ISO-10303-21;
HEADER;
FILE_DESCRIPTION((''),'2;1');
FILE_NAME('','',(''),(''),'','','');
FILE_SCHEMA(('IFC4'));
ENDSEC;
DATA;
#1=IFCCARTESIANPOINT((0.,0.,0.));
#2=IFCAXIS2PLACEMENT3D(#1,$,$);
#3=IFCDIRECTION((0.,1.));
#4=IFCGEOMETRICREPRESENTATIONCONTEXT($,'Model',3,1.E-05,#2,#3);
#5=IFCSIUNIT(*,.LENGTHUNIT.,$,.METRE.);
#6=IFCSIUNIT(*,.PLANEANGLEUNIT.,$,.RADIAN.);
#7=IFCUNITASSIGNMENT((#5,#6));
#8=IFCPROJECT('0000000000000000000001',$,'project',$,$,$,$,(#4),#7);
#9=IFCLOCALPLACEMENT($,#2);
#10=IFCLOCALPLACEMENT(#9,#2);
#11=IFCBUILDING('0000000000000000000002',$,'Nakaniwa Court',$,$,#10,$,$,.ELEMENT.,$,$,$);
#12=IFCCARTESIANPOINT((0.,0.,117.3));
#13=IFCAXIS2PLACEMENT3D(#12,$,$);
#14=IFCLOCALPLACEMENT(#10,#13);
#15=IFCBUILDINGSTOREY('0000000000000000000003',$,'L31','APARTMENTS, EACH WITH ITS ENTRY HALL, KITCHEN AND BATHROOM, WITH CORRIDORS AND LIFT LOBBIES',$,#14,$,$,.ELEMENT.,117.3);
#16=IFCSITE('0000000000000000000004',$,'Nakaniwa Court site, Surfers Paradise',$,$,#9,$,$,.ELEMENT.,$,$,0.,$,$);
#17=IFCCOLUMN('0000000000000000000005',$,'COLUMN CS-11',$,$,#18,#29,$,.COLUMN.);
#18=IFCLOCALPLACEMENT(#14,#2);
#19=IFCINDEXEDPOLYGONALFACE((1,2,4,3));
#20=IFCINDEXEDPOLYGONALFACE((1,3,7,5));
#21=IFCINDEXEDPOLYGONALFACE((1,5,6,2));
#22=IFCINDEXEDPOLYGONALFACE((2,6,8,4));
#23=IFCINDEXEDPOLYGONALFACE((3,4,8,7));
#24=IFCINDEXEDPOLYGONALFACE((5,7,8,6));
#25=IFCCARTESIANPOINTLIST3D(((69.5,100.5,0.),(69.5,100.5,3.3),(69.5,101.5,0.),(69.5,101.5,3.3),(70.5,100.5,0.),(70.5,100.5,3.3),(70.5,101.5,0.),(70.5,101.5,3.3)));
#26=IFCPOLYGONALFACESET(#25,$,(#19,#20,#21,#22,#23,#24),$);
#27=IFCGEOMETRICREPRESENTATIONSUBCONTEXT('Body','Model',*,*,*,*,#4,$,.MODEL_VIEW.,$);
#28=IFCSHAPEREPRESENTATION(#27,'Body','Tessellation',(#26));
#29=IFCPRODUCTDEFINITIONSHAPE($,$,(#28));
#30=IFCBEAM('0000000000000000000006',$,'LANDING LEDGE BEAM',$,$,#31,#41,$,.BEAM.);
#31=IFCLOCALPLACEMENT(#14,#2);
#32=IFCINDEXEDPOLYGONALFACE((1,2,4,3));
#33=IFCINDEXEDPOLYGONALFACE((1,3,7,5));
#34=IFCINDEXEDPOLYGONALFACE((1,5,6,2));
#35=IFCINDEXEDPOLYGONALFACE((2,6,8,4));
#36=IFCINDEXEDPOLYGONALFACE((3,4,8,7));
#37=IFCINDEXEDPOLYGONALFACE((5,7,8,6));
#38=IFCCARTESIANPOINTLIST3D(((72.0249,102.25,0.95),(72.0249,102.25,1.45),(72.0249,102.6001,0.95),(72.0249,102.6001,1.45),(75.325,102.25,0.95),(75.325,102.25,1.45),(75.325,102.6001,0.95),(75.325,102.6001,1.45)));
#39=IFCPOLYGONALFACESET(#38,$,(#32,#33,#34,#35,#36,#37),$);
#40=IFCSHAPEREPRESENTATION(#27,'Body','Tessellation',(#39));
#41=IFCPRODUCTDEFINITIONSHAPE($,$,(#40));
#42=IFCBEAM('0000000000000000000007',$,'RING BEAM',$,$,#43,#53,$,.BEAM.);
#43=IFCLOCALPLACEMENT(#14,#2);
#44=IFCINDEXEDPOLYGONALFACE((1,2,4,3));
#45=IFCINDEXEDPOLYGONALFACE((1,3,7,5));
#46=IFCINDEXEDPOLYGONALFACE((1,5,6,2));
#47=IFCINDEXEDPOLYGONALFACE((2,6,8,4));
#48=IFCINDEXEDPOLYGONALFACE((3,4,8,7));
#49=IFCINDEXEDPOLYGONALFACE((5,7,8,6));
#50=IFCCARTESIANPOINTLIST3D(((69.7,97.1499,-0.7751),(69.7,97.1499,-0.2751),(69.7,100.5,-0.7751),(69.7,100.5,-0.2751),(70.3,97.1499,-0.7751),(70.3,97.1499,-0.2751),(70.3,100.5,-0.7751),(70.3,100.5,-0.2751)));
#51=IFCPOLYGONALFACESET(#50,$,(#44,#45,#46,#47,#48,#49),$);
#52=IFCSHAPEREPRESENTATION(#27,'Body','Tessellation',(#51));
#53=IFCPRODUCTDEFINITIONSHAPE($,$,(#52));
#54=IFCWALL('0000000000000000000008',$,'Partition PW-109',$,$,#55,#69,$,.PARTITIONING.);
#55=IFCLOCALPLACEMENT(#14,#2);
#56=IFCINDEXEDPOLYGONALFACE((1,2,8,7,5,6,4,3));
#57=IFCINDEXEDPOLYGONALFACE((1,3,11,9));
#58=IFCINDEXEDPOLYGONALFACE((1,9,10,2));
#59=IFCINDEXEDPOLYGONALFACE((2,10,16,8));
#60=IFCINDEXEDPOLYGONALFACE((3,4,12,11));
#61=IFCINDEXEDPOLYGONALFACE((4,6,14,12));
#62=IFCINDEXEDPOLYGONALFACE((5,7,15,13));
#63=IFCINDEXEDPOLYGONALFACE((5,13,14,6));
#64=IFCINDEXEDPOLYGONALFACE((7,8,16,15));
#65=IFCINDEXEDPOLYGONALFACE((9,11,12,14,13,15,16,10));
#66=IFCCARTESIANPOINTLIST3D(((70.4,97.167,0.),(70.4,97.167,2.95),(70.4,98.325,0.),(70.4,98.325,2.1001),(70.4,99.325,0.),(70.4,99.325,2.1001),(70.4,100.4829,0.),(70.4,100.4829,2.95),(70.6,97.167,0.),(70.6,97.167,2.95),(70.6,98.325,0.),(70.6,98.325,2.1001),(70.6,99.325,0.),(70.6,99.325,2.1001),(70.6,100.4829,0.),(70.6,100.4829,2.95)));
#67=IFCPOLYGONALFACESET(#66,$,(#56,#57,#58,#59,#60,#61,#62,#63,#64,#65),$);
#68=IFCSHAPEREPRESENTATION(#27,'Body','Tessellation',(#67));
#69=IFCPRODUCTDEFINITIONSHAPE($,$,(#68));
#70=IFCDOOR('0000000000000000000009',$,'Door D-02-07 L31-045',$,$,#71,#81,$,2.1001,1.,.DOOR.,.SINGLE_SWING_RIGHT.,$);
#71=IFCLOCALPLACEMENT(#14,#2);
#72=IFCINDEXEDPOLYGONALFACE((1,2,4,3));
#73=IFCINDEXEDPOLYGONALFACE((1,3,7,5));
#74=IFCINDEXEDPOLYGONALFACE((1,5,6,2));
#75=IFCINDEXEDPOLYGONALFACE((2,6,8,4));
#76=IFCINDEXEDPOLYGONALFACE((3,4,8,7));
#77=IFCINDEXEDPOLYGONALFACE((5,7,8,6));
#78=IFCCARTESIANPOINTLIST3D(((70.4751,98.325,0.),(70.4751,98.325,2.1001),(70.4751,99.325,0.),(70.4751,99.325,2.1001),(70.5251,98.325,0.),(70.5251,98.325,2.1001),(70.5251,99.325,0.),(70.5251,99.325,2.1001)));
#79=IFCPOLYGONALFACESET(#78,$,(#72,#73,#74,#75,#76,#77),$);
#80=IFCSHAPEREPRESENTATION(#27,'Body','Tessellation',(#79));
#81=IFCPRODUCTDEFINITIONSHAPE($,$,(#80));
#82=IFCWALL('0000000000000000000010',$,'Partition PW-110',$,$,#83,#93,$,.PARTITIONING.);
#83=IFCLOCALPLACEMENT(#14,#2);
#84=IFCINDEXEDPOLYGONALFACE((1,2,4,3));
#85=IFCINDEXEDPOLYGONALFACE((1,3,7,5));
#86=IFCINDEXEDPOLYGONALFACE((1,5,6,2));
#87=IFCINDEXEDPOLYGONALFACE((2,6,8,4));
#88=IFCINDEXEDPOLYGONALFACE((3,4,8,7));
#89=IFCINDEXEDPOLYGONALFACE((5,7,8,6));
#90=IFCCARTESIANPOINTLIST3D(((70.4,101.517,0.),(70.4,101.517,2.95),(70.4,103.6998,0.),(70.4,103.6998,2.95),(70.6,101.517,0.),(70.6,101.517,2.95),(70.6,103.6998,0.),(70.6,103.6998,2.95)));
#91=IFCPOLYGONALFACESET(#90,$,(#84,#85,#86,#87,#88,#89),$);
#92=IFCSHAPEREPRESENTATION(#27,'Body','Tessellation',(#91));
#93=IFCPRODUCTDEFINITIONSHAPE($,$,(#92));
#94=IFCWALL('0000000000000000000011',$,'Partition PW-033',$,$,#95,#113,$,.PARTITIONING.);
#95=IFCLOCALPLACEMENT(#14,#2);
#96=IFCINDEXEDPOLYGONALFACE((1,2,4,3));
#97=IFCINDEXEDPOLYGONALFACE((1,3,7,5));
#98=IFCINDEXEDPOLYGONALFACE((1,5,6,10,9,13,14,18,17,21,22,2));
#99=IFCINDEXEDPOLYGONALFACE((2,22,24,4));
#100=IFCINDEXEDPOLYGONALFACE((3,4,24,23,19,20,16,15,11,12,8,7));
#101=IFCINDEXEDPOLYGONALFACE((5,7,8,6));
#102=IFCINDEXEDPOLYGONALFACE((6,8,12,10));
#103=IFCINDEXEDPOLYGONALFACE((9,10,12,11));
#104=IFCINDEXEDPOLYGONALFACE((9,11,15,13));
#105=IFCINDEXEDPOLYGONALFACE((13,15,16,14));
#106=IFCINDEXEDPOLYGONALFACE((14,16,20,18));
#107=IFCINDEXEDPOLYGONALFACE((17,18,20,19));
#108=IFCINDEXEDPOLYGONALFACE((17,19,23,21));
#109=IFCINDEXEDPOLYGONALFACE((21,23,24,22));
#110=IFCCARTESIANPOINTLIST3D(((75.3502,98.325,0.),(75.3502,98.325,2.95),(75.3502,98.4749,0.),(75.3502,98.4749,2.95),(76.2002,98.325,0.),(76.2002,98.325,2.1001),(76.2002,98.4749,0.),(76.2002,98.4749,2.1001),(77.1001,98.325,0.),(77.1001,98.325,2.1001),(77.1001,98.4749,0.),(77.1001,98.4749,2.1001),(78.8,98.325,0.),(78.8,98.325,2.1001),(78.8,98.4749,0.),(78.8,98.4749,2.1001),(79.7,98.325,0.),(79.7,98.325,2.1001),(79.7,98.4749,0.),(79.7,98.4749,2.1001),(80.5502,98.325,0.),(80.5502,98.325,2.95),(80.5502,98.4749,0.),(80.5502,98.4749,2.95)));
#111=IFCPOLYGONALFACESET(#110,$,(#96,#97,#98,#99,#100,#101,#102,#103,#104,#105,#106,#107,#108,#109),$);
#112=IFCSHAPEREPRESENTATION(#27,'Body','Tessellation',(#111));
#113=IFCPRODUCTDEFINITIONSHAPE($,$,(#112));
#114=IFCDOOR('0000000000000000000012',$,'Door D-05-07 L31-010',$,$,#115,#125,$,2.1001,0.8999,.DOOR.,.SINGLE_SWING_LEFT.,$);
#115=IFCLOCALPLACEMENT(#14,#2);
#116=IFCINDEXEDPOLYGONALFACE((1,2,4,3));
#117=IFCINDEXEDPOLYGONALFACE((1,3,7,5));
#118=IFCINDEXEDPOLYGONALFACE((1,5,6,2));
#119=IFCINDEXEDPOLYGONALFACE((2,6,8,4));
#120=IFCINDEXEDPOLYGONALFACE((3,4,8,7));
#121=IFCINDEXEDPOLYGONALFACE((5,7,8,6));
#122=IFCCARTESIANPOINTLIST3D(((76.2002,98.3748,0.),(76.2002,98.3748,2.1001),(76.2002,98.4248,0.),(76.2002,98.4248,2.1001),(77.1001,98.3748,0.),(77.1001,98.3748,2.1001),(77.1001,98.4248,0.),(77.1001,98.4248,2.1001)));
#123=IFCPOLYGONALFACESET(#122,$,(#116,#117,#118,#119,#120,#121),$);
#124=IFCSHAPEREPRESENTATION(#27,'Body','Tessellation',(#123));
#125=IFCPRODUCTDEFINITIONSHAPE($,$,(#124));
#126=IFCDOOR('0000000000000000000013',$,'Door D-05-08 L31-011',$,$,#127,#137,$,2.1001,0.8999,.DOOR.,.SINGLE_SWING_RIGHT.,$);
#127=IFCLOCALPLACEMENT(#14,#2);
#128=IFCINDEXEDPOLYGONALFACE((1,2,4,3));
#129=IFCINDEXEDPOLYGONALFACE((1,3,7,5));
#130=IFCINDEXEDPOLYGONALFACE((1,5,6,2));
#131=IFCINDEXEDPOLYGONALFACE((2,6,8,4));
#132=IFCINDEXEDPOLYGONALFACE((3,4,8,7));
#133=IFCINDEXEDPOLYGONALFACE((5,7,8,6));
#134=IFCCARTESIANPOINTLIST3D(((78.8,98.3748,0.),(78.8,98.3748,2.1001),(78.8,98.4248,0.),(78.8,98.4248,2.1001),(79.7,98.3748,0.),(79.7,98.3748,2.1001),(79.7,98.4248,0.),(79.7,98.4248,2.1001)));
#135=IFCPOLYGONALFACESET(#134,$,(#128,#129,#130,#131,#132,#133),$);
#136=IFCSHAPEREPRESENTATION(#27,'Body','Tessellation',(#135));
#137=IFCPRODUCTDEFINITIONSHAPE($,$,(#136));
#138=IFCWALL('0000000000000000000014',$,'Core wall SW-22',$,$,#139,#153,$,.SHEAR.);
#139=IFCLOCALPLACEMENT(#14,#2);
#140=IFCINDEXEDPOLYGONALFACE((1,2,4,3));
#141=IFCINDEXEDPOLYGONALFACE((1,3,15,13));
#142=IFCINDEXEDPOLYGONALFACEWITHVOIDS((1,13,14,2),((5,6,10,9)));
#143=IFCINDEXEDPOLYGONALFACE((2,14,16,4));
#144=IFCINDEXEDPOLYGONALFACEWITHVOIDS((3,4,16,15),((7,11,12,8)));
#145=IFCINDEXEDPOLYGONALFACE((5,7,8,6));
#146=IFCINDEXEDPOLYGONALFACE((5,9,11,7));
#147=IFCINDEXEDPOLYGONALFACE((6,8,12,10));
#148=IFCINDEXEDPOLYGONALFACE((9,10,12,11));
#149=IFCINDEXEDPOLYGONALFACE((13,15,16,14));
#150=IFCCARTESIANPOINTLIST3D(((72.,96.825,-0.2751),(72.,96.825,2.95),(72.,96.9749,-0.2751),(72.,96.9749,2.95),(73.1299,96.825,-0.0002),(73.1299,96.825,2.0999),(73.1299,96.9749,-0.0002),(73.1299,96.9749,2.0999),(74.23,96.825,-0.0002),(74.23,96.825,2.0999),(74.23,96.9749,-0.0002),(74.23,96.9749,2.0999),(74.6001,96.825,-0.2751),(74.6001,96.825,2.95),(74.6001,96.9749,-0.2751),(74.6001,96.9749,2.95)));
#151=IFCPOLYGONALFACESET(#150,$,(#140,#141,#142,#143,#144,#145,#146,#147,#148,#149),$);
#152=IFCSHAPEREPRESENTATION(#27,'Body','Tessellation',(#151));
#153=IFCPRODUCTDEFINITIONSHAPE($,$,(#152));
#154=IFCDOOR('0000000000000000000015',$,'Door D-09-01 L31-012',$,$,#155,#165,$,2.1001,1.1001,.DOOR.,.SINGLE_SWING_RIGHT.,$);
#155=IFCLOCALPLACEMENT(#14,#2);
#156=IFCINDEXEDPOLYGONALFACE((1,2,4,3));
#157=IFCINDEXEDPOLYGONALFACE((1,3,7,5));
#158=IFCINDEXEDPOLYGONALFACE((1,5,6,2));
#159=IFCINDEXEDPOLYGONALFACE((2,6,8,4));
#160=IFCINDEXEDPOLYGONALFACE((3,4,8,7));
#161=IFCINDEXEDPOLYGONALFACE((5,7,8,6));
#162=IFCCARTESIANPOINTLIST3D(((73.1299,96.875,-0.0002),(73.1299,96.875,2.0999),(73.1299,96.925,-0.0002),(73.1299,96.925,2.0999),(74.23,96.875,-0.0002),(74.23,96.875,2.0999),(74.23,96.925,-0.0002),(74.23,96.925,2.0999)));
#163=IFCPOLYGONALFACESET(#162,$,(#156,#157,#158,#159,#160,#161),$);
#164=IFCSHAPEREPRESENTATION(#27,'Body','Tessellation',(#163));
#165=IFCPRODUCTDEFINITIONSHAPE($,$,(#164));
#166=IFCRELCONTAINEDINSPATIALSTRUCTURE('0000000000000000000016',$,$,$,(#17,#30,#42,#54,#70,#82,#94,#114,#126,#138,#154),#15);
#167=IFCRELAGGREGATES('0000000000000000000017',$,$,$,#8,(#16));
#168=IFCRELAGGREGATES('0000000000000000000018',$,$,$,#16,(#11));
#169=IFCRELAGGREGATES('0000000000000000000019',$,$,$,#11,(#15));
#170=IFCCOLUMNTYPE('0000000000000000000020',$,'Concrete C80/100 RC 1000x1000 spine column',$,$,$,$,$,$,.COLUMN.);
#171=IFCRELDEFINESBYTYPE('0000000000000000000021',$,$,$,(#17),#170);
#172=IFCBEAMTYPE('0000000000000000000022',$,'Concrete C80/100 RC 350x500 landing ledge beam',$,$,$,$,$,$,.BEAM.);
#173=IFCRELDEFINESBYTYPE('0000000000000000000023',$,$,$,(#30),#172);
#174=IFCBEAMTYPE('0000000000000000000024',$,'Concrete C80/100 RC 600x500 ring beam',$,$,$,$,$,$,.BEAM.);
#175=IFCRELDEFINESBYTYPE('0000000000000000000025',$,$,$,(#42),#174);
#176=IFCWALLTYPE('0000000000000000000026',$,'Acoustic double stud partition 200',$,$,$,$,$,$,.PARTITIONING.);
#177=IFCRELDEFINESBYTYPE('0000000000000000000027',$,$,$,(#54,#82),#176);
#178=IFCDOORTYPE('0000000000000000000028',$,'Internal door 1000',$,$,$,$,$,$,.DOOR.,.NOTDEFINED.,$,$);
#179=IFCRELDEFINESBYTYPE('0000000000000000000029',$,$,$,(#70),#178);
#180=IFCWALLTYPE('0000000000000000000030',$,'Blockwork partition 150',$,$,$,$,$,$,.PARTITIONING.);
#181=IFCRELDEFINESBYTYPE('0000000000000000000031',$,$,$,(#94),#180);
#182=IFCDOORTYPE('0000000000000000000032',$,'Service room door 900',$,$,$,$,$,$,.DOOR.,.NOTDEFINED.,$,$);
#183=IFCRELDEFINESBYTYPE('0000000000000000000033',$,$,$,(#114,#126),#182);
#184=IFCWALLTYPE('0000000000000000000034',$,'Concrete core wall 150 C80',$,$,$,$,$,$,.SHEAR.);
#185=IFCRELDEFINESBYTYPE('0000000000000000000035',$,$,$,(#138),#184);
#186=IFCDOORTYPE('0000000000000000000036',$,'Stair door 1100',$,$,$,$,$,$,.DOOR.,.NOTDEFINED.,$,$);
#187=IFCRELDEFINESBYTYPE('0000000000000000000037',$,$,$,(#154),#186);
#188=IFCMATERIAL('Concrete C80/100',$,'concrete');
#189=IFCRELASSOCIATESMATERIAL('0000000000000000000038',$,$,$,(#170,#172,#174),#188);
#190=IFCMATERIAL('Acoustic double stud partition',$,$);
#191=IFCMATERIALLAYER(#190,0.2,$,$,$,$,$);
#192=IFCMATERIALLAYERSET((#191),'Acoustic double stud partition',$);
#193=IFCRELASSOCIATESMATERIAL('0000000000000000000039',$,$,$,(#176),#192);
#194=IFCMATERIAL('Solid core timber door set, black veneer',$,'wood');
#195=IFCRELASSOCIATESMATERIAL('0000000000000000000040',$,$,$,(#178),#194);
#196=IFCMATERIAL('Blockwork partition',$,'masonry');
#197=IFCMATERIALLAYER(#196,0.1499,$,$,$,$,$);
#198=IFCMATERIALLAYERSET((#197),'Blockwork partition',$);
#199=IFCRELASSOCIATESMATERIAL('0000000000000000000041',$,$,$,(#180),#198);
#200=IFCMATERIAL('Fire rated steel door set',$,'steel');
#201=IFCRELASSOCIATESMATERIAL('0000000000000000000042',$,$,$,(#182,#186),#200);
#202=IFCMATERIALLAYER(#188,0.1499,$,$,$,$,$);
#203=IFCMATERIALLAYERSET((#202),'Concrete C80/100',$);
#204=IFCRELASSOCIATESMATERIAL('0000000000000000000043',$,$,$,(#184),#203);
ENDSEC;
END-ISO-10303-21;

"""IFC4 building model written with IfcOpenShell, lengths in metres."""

from ifc_helpers import new_model, si_unit, direction, frame, frame_2d, origin, origin_2d, place, context, subcontext, project, spatial, rectangle, extrude, material, layer, layer_set, material_profile, profile_set, type_object, element, fill, save


model = new_model("IFC4")

# Units and contexts
model_context = context("Model", 3, precision=1e-05, world=origin(), true_north=direction((0.0, 1.0)))
body_context = subcontext(model_context, "Body", "Model", "MODEL_VIEW")
ifc_project = project(units=[si_unit("LENGTHUNIT", "METRE"), si_unit("PLANEANGLEUNIT", "RADIAN")], contexts=[model_context])

# Site, building, storey
site_placement = place(None, origin())
site = spatial("IfcSite", under=ifc_project, at=site_placement, Name="Nakaniwa Court site, Surfers Paradise", CompositionType="ELEMENT", RefElevation=0.0)
building_placement = place(site_placement, origin())
building = spatial("IfcBuilding", under=site, at=building_placement, Name="Nakaniwa Court", CompositionType="ELEMENT")
storey_placement = place(building_placement, frame((0.0, 0.0, 117.3)))
storey = spatial("IfcBuildingStorey", under=building, at=storey_placement, Name="L31", Description="APARTMENTS, EACH WITH ITS ENTRY HALL, KITCHEN AND BATHROOM, WITH CORRIDORS AND LIFT LOBBIES", CompositionType="ELEMENT", Elevation=117.3)

# Column
ifc_material_1 = material(Name="Concrete C80/100", Category="concrete")
ifc_material_profile_1 = material_profile(ifc_material_1, rectangle(XDim=1.0, YDim=1.0, at=origin_2d()), Name="Concrete C80/100 RC 1000x1000 spine column")
ifc_profile_set_1 = profile_set([ifc_material_profile_1], Name="Concrete C80/100")
column_type = type_object("IfcColumnType", Name="Concrete C80/100 RC 1000x1000 spine column", PredefinedType="COLUMN", material=ifc_profile_set_1)
column_placement = place(storey_placement, frame((70.0, 101.0, 0.0), z_axis=(0.0, 0.0, 1.0), x_axis=(0.0, -1.0, 0.0)))
element("IfcColumn", 1, at=column_placement, inside=storey, type_object=column_type, Name="COLUMN CS-11", PredefinedType="COLUMN", context=body_context, shape_type="SweptSolid", body=[
    extrude(rectangle(XDim=1.0, YDim=1.0, at=origin_2d()), origin(), (0.0, 0.0, 1.0), 3.3),
])

# Beams
ifc_material_profile_2 = material_profile(ifc_material_1, rectangle(XDim=0.3501, YDim=0.5, at=origin_2d()), Name="Concrete C80/100 RC 350x500 landing ledge beam")
ifc_profile_set_2 = profile_set([ifc_material_profile_2], Name="Concrete C80/100")
beam_type_1 = type_object("IfcBeamType", Name="Concrete C80/100 RC 350x500 landing ledge beam", PredefinedType="BEAM", material=ifc_profile_set_2)
beam_1_placement = place(storey_placement, frame((72.0249, 102.425, 1.2), z_axis=(1.0, 0.0, 0.0), x_axis=(0.0, 1.0, 0.0)))
element("IfcBeam", 2, at=beam_1_placement, inside=storey, type_object=beam_type_1, Name="LANDING LEDGE BEAM", PredefinedType="BEAM", context=body_context, shape_type="SweptSolid", body=[
    extrude(rectangle(XDim=0.3501, YDim=0.5, at=origin_2d()), origin(), (0.0, 0.0, 1.0), 3.3),
])
ifc_material_profile_3 = material_profile(ifc_material_1, rectangle(XDim=0.6001, YDim=0.5, at=origin_2d()), Name="Concrete C80/100 RC 600x500 ring beam")
ifc_profile_set_3 = profile_set([ifc_material_profile_3], Name="Concrete C80/100")
beam_type_2 = type_object("IfcBeamType", Name="Concrete C80/100 RC 600x500 ring beam", PredefinedType="BEAM", material=ifc_profile_set_3)
beam_2_placement = place(storey_placement, frame((70.0, 100.5, -0.5251), z_axis=(0.0, -1.0, 0.0), x_axis=(1.0, 0.0, 0.0)))
element("IfcBeam", 3, at=beam_2_placement, inside=storey, type_object=beam_type_2, Name="RING BEAM", PredefinedType="BEAM", context=body_context, shape_type="SweptSolid", body=[
    extrude(rectangle(XDim=0.6001, YDim=0.5, at=origin_2d()), origin(), (0.0, 0.0, 1.0), 3.3501),
])

# Wall, opening, door
ifc_material_2 = material(Name="Acoustic double stud partition")
ifc_layer_1 = layer(ifc_material_2, 0.2)
ifc_layer_set_1 = layer_set([ifc_layer_1], Name="Acoustic double stud partition")
wall_type_1 = type_object("IfcWallType", Name="Acoustic double stud partition 200", PredefinedType="PARTITIONING", material=ifc_layer_set_1)
wall_1_placement = place(storey_placement, frame((70.5, 97.167, 0.0), z_axis=(0.0, 0.0, 1.0), x_axis=(0.0, 1.0, 0.0)))
wall_1 = element("IfcWall", 4, at=wall_1_placement, inside=storey, type_object=wall_type_1, Name="Partition PW-109", PredefinedType="PARTITIONING", context=body_context, shape_type="SweptSolid", body=[
    extrude(rectangle(XDim=3.3159, YDim=0.2, at=frame_2d((1.658, 0.0))), origin(), (0.0, 0.0, 1.0), 2.95),
])
opening_1_placement = place(wall_1_placement, frame((1.158, 0.0, 0.0)))
opening_1 = element("IfcOpeningElement", 5, at=opening_1_placement, cuts=wall_1, PredefinedType="OPENING", context=body_context, shape_type="SweptSolid", body=[
    extrude(rectangle(XDim=1.0, YDim=2.1001, at=frame_2d((0.5, 1.05))), frame((0.0, 0.1099, 0.0), z_axis=(0.0, -1.0, 0.0), x_axis=(1.0, 0.0, 0.0)), (0.0, 0.0, 1.0), 0.22),
])
ifc_material_3 = material(Name="Solid core timber door set, black veneer", Category="wood")
door_type_1 = type_object("IfcDoorType", Name="Internal door 1000", OperationType="NOTDEFINED", PredefinedType="DOOR", material=ifc_material_3)
door_1_placement = place(opening_1_placement, origin())
door_1 = element("IfcDoor", 6, at=door_1_placement, inside=storey, type_object=door_type_1, Name="Door D-02-07 L31-045", OperationType="SINGLE_SWING_RIGHT", OverallHeight=2.1001, OverallWidth=1.0, PredefinedType="DOOR", context=body_context, shape_type="SweptSolid", body=[
    extrude(rectangle(XDim=1.0, YDim=2.1001, at=frame_2d((0.5, 1.05))), frame((0.0, 0.0249, 0.0), z_axis=(0.0, -1.0, 0.0), x_axis=(1.0, 0.0, 0.0)), (0.0, 0.0, 1.0), 0.05),
])
fill(opening_1, door_1)

# Wall
wall_2_placement = place(storey_placement, frame((70.5, 101.5171, 0.0), z_axis=(0.0, 0.0, 1.0), x_axis=(0.0, 1.0, 0.0)))
element("IfcWall", 7, at=wall_2_placement, inside=storey, type_object=wall_type_1, Name="Partition PW-110", PredefinedType="PARTITIONING", context=body_context, shape_type="SweptSolid", body=[
    extrude(rectangle(XDim=2.1829, YDim=0.2, at=frame_2d((1.0913, 0.0))), origin(), (0.0, 0.0, 1.0), 2.95),
])

# Wall, openings, doors
ifc_material_4 = material(Name="Blockwork partition", Category="masonry")
ifc_layer_2 = layer(ifc_material_4, 0.1499)
ifc_layer_set_2 = layer_set([ifc_layer_2], Name="Blockwork partition")
wall_type_2 = type_object("IfcWallType", Name="Blockwork partition 150", PredefinedType="PARTITIONING", material=ifc_layer_set_2)
wall_3_placement = place(storey_placement, frame((75.3501, 98.3999, 0.0), z_axis=(0.0, 0.0, 1.0), x_axis=(1.0, 0.0, 0.0)))
wall_3 = element("IfcWall", 8, at=wall_3_placement, inside=storey, type_object=wall_type_2, Name="Partition PW-033", PredefinedType="PARTITIONING", context=body_context, shape_type="SweptSolid", body=[
    extrude(rectangle(XDim=5.2, YDim=0.1499, at=frame_2d((2.6001, 0.0))), origin(), (0.0, 0.0, 1.0), 2.95),
])
opening_2_placement = place(wall_3_placement, frame((0.8501, 0.0, 0.0)))
opening_2 = element("IfcOpeningElement", 9, at=opening_2_placement, cuts=wall_3, PredefinedType="OPENING", context=body_context, shape_type="SweptSolid", body=[
    extrude(rectangle(XDim=0.8999, YDim=2.1001, at=frame_2d((0.45, 1.05))), frame((0.0, 0.085, 0.0), z_axis=(0.0, -1.0, 0.0), x_axis=(1.0, 0.0, 0.0)), (0.0, 0.0, 1.0), 0.1699),
])
opening_3_placement = place(wall_3_placement, frame((3.45, 0.0, 0.0)))
opening_3 = element("IfcOpeningElement", 10, at=opening_3_placement, cuts=wall_3, PredefinedType="OPENING", context=body_context, shape_type="SweptSolid", body=[
    extrude(rectangle(XDim=0.8999, YDim=2.1001, at=frame_2d((0.45, 1.05))), frame((0.0, 0.085, 0.0), z_axis=(0.0, -1.0, 0.0), x_axis=(1.0, 0.0, 0.0)), (0.0, 0.0, 1.0), 0.1699),
])
ifc_material_5 = material(Name="Fire rated steel door set", Category="steel")
door_type_2 = type_object("IfcDoorType", Name="Service room door 900", OperationType="NOTDEFINED", PredefinedType="DOOR", material=ifc_material_5)
door_2_placement = place(opening_2_placement, origin())
door_2 = element("IfcDoor", 11, at=door_2_placement, inside=storey, type_object=door_type_2, Name="Door D-05-07 L31-010", OperationType="SINGLE_SWING_LEFT", OverallHeight=2.1001, OverallWidth=0.8999, PredefinedType="DOOR", context=body_context, shape_type="SweptSolid", body=[
    extrude(rectangle(XDim=0.8999, YDim=2.1001, at=frame_2d((0.45, 1.05))), frame((0.0, 0.0249, 0.0), z_axis=(0.0, -1.0, 0.0), x_axis=(1.0, 0.0, 0.0)), (0.0, 0.0, 1.0), 0.05),
])
fill(opening_2, door_2)
door_3_placement = place(opening_3_placement, origin())
door_3 = element("IfcDoor", 12, at=door_3_placement, inside=storey, type_object=door_type_2, Name="Door D-05-08 L31-011", OperationType="SINGLE_SWING_RIGHT", OverallHeight=2.1001, OverallWidth=0.8999, PredefinedType="DOOR", context=body_context, shape_type="SweptSolid", body=[
    extrude(rectangle(XDim=0.8999, YDim=2.1001, at=frame_2d((0.45, 1.05))), frame((0.0, 0.0249, 0.0), z_axis=(0.0, -1.0, 0.0), x_axis=(1.0, 0.0, 0.0)), (0.0, 0.0, 1.0), 0.05),
])
fill(opening_3, door_3)

# Wall, opening, door
ifc_layer_3 = layer(ifc_material_1, 0.1499)
ifc_layer_set_3 = layer_set([ifc_layer_3], Name="Concrete C80/100")
wall_type_3 = type_object("IfcWallType", Name="Concrete core wall 150 C80", PredefinedType="SHEAR", material=ifc_layer_set_3)
wall_4_placement = place(storey_placement, frame((74.6001, 96.8999, -0.2751), z_axis=(0.0, 0.0, 1.0), x_axis=(-1.0, 0.0, 0.0)))
wall_4 = element("IfcWall", 13, at=wall_4_placement, inside=storey, type_object=wall_type_3, Name="Core wall SW-22", PredefinedType="SHEAR", context=body_context, shape_type="SweptSolid", body=[
    extrude(rectangle(XDim=2.6001, YDim=0.1499, at=frame_2d((1.3, 0.0))), origin(), (0.0, 0.0, 1.0), 3.2251),
])
opening_4_placement = place(wall_4_placement, frame((0.3701, 0.0, 0.2749)))
opening_4 = element("IfcOpeningElement", 14, at=opening_4_placement, cuts=wall_4, PredefinedType="OPENING", context=body_context, shape_type="SweptSolid", body=[
    extrude(rectangle(XDim=1.1001, YDim=2.1001, at=frame_2d((0.55, 1.05))), frame((0.0, 0.085, 0.0), z_axis=(0.0, -1.0, 0.0), x_axis=(1.0, 0.0, 0.0)), (0.0, 0.0, 1.0), 0.1699),
])
door_type_3 = type_object("IfcDoorType", Name="Stair door 1100", OperationType="NOTDEFINED", PredefinedType="DOOR", material=ifc_material_5)
door_4_placement = place(opening_4_placement, origin())
door_4 = element("IfcDoor", 15, at=door_4_placement, inside=storey, type_object=door_type_3, Name="Door D-09-01 L31-012", OperationType="SINGLE_SWING_RIGHT", OverallHeight=2.1001, OverallWidth=1.1001, PredefinedType="DOOR", context=body_context, shape_type="SweptSolid", body=[
    extrude(rectangle(XDim=1.1001, YDim=2.1001, at=frame_2d((0.55, 1.05))), frame((0.0, 0.0249, 0.0), z_axis=(0.0, -1.0, 0.0), x_axis=(1.0, 0.0, 0.0)), (0.0, 0.0, 1.0), 0.05),
])
fill(opening_4, door_4)

save(model, "model.ifc")
